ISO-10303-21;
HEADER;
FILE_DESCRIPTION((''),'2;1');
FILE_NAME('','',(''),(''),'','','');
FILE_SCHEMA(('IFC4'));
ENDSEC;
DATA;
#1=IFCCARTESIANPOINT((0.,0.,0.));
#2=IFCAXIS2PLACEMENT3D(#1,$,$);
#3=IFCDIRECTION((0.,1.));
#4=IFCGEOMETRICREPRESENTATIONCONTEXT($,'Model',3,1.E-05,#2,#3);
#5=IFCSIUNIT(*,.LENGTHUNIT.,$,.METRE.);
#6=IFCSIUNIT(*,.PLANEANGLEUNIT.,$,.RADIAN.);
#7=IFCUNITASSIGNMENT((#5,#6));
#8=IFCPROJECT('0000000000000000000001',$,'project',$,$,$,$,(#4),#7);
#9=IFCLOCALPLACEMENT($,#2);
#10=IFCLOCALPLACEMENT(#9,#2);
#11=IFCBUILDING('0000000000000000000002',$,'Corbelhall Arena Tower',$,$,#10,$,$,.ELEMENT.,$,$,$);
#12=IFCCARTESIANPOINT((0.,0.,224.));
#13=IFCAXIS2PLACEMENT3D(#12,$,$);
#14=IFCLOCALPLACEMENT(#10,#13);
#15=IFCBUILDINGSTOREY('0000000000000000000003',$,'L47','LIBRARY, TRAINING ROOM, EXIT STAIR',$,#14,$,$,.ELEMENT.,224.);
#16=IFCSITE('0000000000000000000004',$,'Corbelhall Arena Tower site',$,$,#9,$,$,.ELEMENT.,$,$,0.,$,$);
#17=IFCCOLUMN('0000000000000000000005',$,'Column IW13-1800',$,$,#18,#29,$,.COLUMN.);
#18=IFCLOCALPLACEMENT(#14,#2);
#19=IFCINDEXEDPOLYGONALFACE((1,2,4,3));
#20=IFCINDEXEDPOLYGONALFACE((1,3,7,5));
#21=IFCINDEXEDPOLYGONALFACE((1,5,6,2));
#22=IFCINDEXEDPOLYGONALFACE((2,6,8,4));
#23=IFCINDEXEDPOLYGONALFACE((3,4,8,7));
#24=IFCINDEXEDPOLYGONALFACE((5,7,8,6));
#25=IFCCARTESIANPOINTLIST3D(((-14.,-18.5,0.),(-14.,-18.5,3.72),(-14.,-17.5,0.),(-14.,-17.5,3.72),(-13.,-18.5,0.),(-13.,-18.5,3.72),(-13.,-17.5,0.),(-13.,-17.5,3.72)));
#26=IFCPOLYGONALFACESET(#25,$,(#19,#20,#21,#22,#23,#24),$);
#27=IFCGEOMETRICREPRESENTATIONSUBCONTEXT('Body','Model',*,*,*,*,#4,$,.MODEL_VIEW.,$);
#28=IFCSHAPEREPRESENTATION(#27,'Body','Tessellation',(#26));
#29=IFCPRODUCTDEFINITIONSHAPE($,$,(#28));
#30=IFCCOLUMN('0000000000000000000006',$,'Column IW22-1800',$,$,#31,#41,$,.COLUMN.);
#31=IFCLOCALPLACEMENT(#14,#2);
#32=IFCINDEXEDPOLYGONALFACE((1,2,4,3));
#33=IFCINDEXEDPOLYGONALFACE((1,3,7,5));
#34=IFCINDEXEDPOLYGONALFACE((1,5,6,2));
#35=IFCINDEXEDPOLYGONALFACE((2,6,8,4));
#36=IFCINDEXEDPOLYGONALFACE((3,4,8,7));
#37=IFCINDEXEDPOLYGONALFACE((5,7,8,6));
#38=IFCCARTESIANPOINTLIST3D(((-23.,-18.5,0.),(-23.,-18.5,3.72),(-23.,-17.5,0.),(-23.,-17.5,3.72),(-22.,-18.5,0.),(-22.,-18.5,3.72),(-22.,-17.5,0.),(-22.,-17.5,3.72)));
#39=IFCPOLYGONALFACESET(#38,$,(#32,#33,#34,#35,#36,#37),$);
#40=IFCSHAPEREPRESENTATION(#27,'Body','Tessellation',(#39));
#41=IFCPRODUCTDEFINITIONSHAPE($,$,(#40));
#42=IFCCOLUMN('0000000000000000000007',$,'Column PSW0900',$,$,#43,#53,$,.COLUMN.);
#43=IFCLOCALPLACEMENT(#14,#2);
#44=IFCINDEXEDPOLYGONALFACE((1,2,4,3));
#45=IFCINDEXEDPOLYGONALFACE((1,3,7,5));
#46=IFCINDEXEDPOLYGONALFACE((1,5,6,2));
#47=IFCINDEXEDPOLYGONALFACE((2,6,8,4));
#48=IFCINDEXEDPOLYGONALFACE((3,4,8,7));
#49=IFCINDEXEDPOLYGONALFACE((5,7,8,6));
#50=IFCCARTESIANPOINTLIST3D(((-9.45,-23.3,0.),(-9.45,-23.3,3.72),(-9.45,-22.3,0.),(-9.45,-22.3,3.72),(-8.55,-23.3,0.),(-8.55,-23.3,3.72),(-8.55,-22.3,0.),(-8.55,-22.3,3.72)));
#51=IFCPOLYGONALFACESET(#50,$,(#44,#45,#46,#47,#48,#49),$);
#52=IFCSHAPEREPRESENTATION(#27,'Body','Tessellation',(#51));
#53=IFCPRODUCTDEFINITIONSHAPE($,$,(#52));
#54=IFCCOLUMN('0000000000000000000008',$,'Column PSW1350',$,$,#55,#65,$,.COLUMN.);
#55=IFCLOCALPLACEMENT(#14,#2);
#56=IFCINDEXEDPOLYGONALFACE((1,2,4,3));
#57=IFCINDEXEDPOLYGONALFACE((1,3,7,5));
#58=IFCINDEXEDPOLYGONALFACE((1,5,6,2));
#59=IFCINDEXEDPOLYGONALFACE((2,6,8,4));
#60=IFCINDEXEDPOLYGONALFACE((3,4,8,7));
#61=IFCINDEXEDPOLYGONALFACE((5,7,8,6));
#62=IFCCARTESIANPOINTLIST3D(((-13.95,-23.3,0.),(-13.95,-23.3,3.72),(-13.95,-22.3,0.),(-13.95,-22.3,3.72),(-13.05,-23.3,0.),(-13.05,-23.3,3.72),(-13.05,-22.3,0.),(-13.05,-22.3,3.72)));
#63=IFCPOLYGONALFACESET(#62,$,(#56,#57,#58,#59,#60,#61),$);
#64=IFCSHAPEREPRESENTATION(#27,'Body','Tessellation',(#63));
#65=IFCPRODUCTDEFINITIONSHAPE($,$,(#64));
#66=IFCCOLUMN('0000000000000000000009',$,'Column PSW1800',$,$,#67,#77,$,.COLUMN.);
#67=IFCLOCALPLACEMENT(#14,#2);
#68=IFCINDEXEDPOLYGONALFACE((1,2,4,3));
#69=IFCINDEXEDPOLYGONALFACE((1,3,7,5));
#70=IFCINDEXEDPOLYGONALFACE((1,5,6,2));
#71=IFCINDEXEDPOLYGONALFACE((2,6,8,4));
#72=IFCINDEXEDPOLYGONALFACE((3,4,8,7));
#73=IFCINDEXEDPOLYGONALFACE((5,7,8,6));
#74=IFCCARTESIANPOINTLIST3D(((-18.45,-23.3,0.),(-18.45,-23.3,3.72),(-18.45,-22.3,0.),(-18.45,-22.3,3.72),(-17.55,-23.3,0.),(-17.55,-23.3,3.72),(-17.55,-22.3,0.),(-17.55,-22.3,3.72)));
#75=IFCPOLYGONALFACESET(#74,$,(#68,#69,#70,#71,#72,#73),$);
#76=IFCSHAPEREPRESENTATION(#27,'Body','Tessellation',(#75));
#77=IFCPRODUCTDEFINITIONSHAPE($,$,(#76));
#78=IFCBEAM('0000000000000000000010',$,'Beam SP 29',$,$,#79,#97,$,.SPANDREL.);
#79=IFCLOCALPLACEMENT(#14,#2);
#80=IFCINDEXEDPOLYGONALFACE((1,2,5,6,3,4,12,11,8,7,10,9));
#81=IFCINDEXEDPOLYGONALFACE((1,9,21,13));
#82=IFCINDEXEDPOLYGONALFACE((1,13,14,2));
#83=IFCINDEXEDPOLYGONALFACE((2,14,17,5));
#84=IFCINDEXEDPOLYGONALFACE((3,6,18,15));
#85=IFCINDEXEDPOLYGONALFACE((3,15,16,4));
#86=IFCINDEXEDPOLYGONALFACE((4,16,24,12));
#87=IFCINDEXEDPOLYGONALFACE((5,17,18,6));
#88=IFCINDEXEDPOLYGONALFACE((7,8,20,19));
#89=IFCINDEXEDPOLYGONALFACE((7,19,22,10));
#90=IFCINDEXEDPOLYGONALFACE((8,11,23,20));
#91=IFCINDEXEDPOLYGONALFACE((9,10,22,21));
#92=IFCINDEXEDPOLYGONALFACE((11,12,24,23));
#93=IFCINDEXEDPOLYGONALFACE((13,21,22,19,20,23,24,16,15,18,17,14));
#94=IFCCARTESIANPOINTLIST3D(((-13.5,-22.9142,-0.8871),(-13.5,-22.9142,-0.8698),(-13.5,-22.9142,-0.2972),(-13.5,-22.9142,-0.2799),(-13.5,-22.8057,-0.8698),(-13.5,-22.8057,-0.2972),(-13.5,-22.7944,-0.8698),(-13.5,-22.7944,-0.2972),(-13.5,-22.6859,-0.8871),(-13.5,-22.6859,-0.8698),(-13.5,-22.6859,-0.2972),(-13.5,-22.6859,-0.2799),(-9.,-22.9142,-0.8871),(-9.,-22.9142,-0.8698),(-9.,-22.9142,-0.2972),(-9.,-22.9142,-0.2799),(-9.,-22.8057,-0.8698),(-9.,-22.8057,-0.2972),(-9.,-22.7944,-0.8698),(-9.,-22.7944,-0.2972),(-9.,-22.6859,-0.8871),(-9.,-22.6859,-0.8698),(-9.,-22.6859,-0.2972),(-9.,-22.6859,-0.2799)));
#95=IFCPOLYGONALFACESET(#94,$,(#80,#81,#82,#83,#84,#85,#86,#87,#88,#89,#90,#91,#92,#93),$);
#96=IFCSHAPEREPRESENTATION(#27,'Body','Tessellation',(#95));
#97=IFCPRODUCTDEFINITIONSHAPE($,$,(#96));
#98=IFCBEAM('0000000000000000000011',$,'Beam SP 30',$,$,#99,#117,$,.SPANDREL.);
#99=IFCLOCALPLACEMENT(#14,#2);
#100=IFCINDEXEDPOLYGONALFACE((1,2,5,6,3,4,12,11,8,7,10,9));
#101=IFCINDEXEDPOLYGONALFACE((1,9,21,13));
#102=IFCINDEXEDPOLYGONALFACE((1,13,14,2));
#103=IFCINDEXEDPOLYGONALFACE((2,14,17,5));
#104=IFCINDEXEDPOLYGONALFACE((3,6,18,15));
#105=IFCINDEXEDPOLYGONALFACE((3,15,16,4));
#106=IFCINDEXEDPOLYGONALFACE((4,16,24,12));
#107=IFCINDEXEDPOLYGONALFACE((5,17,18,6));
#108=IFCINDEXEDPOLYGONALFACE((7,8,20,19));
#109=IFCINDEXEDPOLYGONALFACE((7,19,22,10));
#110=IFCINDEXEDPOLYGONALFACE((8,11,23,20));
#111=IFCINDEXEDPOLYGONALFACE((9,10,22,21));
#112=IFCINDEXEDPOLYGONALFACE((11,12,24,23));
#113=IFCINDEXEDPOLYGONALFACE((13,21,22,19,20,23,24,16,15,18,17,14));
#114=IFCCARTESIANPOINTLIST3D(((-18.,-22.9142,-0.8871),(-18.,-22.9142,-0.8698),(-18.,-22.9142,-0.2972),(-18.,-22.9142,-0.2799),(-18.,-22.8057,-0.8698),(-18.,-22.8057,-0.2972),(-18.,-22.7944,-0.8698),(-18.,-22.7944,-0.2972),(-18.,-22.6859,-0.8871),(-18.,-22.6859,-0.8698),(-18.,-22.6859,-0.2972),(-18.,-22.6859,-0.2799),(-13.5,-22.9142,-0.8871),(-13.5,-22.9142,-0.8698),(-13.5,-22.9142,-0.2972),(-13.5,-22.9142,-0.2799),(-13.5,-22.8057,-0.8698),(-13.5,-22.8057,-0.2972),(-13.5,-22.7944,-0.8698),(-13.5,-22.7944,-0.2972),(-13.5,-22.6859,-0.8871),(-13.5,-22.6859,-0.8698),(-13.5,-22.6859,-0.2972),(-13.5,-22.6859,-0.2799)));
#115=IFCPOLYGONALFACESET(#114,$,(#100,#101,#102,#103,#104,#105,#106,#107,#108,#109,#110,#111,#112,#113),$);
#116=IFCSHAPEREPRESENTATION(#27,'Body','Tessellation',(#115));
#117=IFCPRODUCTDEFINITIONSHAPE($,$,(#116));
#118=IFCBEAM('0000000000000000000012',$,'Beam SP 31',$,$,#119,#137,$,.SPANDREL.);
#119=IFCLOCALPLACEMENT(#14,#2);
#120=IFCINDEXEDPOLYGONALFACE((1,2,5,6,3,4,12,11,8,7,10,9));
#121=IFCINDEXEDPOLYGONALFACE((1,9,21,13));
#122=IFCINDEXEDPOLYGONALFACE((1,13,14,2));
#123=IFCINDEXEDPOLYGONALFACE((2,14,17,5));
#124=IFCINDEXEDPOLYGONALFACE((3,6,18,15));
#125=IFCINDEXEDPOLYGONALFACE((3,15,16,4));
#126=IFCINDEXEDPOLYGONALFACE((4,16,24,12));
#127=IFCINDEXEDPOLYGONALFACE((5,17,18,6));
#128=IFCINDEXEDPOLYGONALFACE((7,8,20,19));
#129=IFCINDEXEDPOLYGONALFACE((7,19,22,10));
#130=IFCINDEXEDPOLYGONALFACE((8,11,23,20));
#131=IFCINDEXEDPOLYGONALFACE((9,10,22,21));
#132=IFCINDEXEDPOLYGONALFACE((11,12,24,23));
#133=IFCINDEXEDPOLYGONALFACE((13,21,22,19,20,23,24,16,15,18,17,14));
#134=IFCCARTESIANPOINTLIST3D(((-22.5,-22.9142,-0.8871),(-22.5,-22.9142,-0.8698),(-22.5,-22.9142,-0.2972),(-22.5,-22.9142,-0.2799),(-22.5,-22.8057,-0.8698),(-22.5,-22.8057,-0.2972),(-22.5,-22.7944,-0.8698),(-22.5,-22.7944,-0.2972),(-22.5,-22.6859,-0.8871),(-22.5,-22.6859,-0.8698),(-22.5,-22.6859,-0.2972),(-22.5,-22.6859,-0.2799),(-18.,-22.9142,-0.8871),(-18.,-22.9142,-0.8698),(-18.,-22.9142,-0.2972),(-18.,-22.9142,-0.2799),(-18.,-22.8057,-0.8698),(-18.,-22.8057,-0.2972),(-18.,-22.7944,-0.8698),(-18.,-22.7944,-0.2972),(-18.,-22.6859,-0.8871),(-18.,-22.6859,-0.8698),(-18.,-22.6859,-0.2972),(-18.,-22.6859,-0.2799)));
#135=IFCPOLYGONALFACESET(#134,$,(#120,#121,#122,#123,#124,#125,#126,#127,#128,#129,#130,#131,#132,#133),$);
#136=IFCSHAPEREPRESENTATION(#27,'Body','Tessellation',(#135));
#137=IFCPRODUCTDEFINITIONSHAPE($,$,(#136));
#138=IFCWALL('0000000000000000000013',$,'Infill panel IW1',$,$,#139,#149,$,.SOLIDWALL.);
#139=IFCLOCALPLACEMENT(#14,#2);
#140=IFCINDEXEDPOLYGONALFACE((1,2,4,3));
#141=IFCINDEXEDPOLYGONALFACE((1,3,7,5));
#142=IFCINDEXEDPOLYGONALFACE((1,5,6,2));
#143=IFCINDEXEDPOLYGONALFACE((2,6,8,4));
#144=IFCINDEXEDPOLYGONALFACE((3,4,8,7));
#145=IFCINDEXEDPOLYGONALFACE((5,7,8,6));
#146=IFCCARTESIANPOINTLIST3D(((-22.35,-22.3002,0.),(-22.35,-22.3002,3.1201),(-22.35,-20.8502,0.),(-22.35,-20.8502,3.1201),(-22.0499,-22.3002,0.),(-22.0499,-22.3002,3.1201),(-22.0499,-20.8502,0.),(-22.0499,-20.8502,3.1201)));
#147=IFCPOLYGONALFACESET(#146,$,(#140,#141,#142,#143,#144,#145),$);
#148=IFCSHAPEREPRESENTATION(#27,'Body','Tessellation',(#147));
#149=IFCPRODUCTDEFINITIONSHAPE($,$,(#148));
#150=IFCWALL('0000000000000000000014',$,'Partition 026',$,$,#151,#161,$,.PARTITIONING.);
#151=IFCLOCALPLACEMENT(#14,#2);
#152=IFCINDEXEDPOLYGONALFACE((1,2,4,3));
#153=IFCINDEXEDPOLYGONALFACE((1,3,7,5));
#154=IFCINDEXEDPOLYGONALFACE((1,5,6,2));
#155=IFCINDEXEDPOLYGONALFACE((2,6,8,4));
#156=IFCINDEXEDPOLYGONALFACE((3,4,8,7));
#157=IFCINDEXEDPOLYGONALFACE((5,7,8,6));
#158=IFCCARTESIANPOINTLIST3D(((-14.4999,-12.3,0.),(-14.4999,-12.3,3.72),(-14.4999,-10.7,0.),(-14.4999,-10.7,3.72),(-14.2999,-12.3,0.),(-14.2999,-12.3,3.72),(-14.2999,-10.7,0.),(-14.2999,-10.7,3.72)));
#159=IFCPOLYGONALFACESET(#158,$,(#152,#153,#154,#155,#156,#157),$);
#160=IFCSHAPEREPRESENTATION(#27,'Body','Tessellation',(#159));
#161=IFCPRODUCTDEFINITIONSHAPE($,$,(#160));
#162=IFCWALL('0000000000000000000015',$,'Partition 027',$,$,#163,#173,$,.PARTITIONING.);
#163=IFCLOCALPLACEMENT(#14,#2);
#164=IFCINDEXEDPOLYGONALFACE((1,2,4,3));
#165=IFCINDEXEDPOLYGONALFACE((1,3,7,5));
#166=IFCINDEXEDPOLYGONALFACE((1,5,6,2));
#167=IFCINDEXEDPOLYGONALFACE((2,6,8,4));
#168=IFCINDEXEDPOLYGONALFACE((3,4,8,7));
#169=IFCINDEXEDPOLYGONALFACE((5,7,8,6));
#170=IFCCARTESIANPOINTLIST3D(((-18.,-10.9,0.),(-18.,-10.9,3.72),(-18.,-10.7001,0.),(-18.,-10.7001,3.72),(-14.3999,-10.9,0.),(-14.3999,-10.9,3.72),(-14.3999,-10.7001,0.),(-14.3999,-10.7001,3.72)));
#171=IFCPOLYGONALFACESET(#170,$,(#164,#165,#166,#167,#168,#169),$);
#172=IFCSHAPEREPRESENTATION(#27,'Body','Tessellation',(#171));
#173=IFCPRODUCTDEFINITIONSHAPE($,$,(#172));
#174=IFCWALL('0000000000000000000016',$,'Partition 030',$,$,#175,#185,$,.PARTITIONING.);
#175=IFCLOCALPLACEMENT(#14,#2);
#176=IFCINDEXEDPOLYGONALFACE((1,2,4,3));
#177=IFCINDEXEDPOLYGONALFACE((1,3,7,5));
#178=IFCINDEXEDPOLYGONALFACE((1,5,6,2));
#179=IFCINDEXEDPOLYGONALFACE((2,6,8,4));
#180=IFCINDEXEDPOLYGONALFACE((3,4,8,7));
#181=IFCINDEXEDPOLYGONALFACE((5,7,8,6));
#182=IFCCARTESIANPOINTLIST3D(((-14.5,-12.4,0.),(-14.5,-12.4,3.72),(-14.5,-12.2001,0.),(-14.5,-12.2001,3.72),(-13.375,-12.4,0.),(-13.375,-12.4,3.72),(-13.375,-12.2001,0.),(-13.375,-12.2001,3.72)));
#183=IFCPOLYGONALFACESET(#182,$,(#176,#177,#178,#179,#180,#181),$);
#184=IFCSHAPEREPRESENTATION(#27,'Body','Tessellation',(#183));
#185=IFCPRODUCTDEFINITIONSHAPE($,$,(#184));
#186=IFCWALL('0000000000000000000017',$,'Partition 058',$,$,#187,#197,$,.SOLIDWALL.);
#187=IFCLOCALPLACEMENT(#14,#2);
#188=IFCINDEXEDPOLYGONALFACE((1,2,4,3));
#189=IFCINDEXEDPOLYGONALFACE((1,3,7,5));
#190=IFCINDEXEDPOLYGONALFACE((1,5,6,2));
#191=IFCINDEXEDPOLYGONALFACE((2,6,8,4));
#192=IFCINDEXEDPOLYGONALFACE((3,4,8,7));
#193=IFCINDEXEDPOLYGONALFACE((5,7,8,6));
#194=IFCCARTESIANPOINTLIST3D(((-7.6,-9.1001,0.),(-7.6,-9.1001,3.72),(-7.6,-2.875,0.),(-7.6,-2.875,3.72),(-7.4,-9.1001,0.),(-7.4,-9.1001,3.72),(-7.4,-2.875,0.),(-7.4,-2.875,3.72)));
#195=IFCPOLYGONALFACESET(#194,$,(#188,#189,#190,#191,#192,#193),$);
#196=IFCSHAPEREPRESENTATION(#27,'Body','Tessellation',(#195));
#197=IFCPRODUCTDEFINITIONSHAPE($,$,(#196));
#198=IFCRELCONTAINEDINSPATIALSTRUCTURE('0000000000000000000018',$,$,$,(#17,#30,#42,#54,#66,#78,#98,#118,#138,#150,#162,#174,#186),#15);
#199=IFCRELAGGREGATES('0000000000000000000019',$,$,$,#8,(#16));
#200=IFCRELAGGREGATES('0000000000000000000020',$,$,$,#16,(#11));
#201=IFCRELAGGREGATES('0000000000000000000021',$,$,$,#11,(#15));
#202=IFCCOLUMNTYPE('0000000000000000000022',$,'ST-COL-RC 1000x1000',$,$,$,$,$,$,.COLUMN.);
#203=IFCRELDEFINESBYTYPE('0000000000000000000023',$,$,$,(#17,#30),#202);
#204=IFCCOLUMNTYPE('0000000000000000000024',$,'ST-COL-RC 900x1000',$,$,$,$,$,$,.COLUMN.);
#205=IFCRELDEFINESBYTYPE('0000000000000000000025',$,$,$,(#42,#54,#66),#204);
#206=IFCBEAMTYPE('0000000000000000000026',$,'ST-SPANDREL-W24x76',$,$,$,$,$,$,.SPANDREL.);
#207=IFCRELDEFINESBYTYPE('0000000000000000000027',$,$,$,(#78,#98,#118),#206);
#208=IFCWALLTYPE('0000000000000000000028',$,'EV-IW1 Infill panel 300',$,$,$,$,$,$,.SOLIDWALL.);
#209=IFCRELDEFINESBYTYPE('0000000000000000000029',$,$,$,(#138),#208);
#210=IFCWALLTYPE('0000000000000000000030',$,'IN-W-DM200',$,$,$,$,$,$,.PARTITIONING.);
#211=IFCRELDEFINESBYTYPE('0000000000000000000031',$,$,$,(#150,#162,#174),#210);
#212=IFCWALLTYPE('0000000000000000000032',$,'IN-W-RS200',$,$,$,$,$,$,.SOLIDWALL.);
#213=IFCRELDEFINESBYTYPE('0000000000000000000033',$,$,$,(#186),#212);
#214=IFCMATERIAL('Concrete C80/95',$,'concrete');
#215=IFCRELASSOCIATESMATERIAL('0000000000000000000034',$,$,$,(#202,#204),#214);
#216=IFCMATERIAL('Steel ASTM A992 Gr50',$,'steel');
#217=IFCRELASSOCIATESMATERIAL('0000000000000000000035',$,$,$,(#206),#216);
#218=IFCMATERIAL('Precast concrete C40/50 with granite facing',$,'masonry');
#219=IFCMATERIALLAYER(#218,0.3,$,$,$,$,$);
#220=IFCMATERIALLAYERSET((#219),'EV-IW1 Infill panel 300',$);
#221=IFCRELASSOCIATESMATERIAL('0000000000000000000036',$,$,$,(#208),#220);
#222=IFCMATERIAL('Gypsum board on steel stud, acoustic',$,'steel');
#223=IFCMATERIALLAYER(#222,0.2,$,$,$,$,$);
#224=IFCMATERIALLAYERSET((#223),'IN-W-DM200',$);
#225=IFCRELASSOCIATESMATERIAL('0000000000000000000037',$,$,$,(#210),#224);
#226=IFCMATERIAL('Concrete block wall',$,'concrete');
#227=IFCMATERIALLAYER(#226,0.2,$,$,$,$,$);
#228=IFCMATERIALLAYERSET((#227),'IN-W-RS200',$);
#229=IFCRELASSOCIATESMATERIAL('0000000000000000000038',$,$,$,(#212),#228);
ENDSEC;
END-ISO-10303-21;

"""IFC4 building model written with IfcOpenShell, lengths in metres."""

from ifc_helpers import new_model, si_unit, direction, frame, frame_2d, origin, origin_2d, place, context, subcontext, project, spatial, rectangle, i_section, extrude, material, layer, layer_set, material_profile, profile_set, type_object, element, save


model = new_model("IFC4")

# Units and contexts
model_context = context("Model", 3, precision=1e-05, world=origin(), true_north=direction((0.0, 1.0)))
body_context = subcontext(model_context, "Body", "Model", "MODEL_VIEW")
ifc_project = project(units=[si_unit("LENGTHUNIT", "METRE"), si_unit("PLANEANGLEUNIT", "RADIAN")], contexts=[model_context])

# Site, building, storey
site_placement = place(None, origin())
site = spatial("IfcSite", under=ifc_project, at=site_placement, Name="Corbelhall Arena Tower site", CompositionType="ELEMENT", RefElevation=0.0)
building_placement = place(site_placement, origin())
building = spatial("IfcBuilding", under=site, at=building_placement, Name="Corbelhall Arena Tower", CompositionType="ELEMENT")
storey_placement = place(building_placement, frame((0.0, 0.0, 224.0)))
storey = spatial("IfcBuildingStorey", under=building, at=storey_placement, Name="L47", Description="LIBRARY, TRAINING ROOM, EXIT STAIR", CompositionType="ELEMENT", Elevation=224.0)

# Columns
ifc_material_1 = material(Name="Concrete C80/95", Category="concrete")
ifc_material_profile_1 = material_profile(ifc_material_1, rectangle(XDim=1.0, YDim=1.0, at=origin_2d()))
ifc_profile_set_1 = profile_set([ifc_material_profile_1], Name="Concrete C80/95")
column_type_1 = type_object("IfcColumnType", Name="ST-COL-RC 1000x1000", PredefinedType="COLUMN", material=ifc_profile_set_1)
for number, where, z_axis, x_axis, name in (
    (1, (-13.5, -18.0, 0.0), (0.0, 0.0, 1.0), (1.0, 0.0, 0.0), "Column IW13-1800"),
    (2, (-22.5, -18.0, 0.0), (0.0, 0.0, 1.0), (1.0, 0.0, 0.0), "Column IW22-1800"),
):
    element("IfcColumn", number, at=place(storey_placement, frame(where, z_axis=z_axis, x_axis=x_axis)), inside=storey, type_object=column_type_1, Name=name, PredefinedType="COLUMN", context=body_context, shape_type="SweptSolid", body=[
        extrude(rectangle(XDim=1.0, YDim=1.0, at=origin_2d()), origin(), (0.0, 0.0, 1.0), 3.72),
    ])
ifc_material_profile_2 = material_profile(ifc_material_1, rectangle(XDim=0.8999, YDim=1.0, at=origin_2d()))
ifc_profile_set_2 = profile_set([ifc_material_profile_2], Name="Concrete C80/95")
column_type_2 = type_object("IfcColumnType", Name="ST-COL-RC 900x1000", PredefinedType="COLUMN", material=ifc_profile_set_2)
for number, where, z_axis, x_axis, name in (
    (3, (-9.0, -22.8, 0.0), (0.0, 0.0, 1.0), (1.0, 0.0, 0.0), "Column PSW0900"),
    (4, (-13.5, -22.8, 0.0), (0.0, 0.0, 1.0), (1.0, 0.0, 0.0), "Column PSW1350"),
    (5, (-18.0, -22.8, 0.0), (0.0, 0.0, 1.0), (1.0, 0.0, 0.0), "Column PSW1800"),
):
    element("IfcColumn", number, at=place(storey_placement, frame(where, z_axis=z_axis, x_axis=x_axis)), inside=storey, type_object=column_type_2, Name=name, PredefinedType="COLUMN", context=body_context, shape_type="SweptSolid", body=[
        extrude(rectangle(XDim=0.8999, YDim=1.0, at=origin_2d()), origin(), (0.0, 0.0, 1.0), 3.72),
    ])

# Beams
ifc_material_2 = material(Name="Steel ASTM A992 Gr50", Category="steel")
ifc_material_profile_3 = material_profile(ifc_material_2, i_section(OverallWidth=0.2283, OverallDepth=0.6072, WebThickness=0.0112, FlangeThickness=0.0173, at=origin_2d()))
ifc_profile_set_3 = profile_set([ifc_material_profile_3], Name="Steel ASTM A992 Gr50")
beam_type = type_object("IfcBeamType", Name="ST-SPANDREL-W24x76", PredefinedType="SPANDREL", material=ifc_profile_set_3)
for number, where, z_axis, x_axis, name in (
    (6, (-9.0, -22.8, -0.5835), (-1.0, 0.0, 0.0), (0.0, -1.0, 0.0), "Beam SP 29"),
    (7, (-13.5, -22.8, -0.5835), (-1.0, 0.0, 0.0), (0.0, -1.0, 0.0), "Beam SP 30"),
    (8, (-18.0, -22.8, -0.5835), (-1.0, 0.0, 0.0), (0.0, -1.0, 0.0), "Beam SP 31"),
):
    element("IfcBeam", number, at=place(storey_placement, frame(where, z_axis=z_axis, x_axis=x_axis)), inside=storey, type_object=beam_type, Name=name, PredefinedType="SPANDREL", context=body_context, shape_type="SweptSolid", body=[
        extrude(i_section(OverallWidth=0.2283, OverallDepth=0.6072, WebThickness=0.0112, FlangeThickness=0.0173, at=origin_2d()), origin(), (0.0, 0.0, 1.0), 4.5),
    ])

# Wall
ifc_material_3 = material(Name="Precast concrete C40/50 with granite facing", Category="masonry")
ifc_layer_1 = layer(ifc_material_3, 0.3)
ifc_layer_set_1 = layer_set([ifc_layer_1], Name="EV-IW1 Infill panel 300")
wall_type_1 = type_object("IfcWallType", Name="EV-IW1 Infill panel 300", PredefinedType="SOLIDWALL", material=ifc_layer_set_1)
wall_1_placement = place(storey_placement, frame((-22.2, -20.8501, 0.0), z_axis=(0.0, 0.0, 1.0), x_axis=(0.0, -1.0, 0.0)))
element("IfcWall", 9, at=wall_1_placement, inside=storey, type_object=wall_type_1, Name="Infill panel IW1", PredefinedType="SOLIDWALL", context=body_context, shape_type="SweptSolid", body=[
    extrude(rectangle(XDim=1.45, YDim=0.3, at=frame_2d((0.7251, 0.0))), origin(), (0.0, 0.0, 1.0), 3.1201),
])

# Shared definitions
ifc_material_4 = material(Name="Gypsum board on steel stud, acoustic", Category="steel")
ifc_layer_2 = layer(ifc_material_4, 0.2)
ifc_layer_set_2 = layer_set([ifc_layer_2], Name="IN-W-DM200")
wall_type_2 = type_object("IfcWallType", Name="IN-W-DM200", PredefinedType="PARTITIONING", material=ifc_layer_set_2)

# Walls
wall_2_placement = place(storey_placement, frame((-14.3999, -12.3, 0.0), z_axis=(0.0, 0.0, 1.0), x_axis=(0.0, 1.0, 0.0)))
element("IfcWall", 10, at=wall_2_placement, inside=storey, type_object=wall_type_2, Name="Partition 026", PredefinedType="PARTITIONING", context=body_context, shape_type="SweptSolid", body=[
    extrude(rectangle(XDim=1.6001, YDim=0.2, at=frame_2d((0.8, 0.0))), origin(), (0.0, 0.0, 1.0), 3.72),
])
wall_3_placement = place(storey_placement, frame((-14.3999, -10.8, 0.0), z_axis=(0.0, 0.0, 1.0), x_axis=(-1.0, 0.0, 0.0)))
element("IfcWall", 11, at=wall_3_placement, inside=storey, type_object=wall_type_2, Name="Partition 027", PredefinedType="PARTITIONING", context=body_context, shape_type="SweptSolid", body=[
    extrude(rectangle(XDim=3.6001, YDim=0.2, at=frame_2d((1.8, 0.0))), origin(), (0.0, 0.0, 1.0), 3.72),
])
wall_4_placement = place(storey_placement, frame((-13.375, -12.3, 0.0), z_axis=(0.0, 0.0, 1.0), x_axis=(-1.0, 0.0, 0.0)))
element("IfcWall", 12, at=wall_4_placement, inside=storey, type_object=wall_type_2, Name="Partition 030", PredefinedType="PARTITIONING", context=body_context, shape_type="SweptSolid", body=[
    extrude(rectangle(XDim=1.125, YDim=0.2, at=frame_2d((0.5625, 0.0))), origin(), (0.0, 0.0, 1.0), 3.72),
])
ifc_material_5 = material(Name="Concrete block wall", Category="concrete")
ifc_layer_3 = layer(ifc_material_5, 0.2)
ifc_layer_set_3 = layer_set([ifc_layer_3], Name="IN-W-RS200")
wall_type_3 = type_object("IfcWallType", Name="IN-W-RS200", PredefinedType="SOLIDWALL", material=ifc_layer_set_3)
wall_5_placement = place(storey_placement, frame((-7.5, -9.1001, 0.0), z_axis=(0.0, 0.0, 1.0), x_axis=(0.0, 1.0, 0.0)))
element("IfcWall", 13, at=wall_5_placement, inside=storey, type_object=wall_type_3, Name="Partition 058", PredefinedType="SOLIDWALL", context=body_context, shape_type="SweptSolid", body=[
    extrude(rectangle(XDim=6.2251, YDim=0.2, at=frame_2d((3.1125, 0.0))), origin(), (0.0, 0.0, 1.0), 3.72),
])

save(model, "model.ifc")
